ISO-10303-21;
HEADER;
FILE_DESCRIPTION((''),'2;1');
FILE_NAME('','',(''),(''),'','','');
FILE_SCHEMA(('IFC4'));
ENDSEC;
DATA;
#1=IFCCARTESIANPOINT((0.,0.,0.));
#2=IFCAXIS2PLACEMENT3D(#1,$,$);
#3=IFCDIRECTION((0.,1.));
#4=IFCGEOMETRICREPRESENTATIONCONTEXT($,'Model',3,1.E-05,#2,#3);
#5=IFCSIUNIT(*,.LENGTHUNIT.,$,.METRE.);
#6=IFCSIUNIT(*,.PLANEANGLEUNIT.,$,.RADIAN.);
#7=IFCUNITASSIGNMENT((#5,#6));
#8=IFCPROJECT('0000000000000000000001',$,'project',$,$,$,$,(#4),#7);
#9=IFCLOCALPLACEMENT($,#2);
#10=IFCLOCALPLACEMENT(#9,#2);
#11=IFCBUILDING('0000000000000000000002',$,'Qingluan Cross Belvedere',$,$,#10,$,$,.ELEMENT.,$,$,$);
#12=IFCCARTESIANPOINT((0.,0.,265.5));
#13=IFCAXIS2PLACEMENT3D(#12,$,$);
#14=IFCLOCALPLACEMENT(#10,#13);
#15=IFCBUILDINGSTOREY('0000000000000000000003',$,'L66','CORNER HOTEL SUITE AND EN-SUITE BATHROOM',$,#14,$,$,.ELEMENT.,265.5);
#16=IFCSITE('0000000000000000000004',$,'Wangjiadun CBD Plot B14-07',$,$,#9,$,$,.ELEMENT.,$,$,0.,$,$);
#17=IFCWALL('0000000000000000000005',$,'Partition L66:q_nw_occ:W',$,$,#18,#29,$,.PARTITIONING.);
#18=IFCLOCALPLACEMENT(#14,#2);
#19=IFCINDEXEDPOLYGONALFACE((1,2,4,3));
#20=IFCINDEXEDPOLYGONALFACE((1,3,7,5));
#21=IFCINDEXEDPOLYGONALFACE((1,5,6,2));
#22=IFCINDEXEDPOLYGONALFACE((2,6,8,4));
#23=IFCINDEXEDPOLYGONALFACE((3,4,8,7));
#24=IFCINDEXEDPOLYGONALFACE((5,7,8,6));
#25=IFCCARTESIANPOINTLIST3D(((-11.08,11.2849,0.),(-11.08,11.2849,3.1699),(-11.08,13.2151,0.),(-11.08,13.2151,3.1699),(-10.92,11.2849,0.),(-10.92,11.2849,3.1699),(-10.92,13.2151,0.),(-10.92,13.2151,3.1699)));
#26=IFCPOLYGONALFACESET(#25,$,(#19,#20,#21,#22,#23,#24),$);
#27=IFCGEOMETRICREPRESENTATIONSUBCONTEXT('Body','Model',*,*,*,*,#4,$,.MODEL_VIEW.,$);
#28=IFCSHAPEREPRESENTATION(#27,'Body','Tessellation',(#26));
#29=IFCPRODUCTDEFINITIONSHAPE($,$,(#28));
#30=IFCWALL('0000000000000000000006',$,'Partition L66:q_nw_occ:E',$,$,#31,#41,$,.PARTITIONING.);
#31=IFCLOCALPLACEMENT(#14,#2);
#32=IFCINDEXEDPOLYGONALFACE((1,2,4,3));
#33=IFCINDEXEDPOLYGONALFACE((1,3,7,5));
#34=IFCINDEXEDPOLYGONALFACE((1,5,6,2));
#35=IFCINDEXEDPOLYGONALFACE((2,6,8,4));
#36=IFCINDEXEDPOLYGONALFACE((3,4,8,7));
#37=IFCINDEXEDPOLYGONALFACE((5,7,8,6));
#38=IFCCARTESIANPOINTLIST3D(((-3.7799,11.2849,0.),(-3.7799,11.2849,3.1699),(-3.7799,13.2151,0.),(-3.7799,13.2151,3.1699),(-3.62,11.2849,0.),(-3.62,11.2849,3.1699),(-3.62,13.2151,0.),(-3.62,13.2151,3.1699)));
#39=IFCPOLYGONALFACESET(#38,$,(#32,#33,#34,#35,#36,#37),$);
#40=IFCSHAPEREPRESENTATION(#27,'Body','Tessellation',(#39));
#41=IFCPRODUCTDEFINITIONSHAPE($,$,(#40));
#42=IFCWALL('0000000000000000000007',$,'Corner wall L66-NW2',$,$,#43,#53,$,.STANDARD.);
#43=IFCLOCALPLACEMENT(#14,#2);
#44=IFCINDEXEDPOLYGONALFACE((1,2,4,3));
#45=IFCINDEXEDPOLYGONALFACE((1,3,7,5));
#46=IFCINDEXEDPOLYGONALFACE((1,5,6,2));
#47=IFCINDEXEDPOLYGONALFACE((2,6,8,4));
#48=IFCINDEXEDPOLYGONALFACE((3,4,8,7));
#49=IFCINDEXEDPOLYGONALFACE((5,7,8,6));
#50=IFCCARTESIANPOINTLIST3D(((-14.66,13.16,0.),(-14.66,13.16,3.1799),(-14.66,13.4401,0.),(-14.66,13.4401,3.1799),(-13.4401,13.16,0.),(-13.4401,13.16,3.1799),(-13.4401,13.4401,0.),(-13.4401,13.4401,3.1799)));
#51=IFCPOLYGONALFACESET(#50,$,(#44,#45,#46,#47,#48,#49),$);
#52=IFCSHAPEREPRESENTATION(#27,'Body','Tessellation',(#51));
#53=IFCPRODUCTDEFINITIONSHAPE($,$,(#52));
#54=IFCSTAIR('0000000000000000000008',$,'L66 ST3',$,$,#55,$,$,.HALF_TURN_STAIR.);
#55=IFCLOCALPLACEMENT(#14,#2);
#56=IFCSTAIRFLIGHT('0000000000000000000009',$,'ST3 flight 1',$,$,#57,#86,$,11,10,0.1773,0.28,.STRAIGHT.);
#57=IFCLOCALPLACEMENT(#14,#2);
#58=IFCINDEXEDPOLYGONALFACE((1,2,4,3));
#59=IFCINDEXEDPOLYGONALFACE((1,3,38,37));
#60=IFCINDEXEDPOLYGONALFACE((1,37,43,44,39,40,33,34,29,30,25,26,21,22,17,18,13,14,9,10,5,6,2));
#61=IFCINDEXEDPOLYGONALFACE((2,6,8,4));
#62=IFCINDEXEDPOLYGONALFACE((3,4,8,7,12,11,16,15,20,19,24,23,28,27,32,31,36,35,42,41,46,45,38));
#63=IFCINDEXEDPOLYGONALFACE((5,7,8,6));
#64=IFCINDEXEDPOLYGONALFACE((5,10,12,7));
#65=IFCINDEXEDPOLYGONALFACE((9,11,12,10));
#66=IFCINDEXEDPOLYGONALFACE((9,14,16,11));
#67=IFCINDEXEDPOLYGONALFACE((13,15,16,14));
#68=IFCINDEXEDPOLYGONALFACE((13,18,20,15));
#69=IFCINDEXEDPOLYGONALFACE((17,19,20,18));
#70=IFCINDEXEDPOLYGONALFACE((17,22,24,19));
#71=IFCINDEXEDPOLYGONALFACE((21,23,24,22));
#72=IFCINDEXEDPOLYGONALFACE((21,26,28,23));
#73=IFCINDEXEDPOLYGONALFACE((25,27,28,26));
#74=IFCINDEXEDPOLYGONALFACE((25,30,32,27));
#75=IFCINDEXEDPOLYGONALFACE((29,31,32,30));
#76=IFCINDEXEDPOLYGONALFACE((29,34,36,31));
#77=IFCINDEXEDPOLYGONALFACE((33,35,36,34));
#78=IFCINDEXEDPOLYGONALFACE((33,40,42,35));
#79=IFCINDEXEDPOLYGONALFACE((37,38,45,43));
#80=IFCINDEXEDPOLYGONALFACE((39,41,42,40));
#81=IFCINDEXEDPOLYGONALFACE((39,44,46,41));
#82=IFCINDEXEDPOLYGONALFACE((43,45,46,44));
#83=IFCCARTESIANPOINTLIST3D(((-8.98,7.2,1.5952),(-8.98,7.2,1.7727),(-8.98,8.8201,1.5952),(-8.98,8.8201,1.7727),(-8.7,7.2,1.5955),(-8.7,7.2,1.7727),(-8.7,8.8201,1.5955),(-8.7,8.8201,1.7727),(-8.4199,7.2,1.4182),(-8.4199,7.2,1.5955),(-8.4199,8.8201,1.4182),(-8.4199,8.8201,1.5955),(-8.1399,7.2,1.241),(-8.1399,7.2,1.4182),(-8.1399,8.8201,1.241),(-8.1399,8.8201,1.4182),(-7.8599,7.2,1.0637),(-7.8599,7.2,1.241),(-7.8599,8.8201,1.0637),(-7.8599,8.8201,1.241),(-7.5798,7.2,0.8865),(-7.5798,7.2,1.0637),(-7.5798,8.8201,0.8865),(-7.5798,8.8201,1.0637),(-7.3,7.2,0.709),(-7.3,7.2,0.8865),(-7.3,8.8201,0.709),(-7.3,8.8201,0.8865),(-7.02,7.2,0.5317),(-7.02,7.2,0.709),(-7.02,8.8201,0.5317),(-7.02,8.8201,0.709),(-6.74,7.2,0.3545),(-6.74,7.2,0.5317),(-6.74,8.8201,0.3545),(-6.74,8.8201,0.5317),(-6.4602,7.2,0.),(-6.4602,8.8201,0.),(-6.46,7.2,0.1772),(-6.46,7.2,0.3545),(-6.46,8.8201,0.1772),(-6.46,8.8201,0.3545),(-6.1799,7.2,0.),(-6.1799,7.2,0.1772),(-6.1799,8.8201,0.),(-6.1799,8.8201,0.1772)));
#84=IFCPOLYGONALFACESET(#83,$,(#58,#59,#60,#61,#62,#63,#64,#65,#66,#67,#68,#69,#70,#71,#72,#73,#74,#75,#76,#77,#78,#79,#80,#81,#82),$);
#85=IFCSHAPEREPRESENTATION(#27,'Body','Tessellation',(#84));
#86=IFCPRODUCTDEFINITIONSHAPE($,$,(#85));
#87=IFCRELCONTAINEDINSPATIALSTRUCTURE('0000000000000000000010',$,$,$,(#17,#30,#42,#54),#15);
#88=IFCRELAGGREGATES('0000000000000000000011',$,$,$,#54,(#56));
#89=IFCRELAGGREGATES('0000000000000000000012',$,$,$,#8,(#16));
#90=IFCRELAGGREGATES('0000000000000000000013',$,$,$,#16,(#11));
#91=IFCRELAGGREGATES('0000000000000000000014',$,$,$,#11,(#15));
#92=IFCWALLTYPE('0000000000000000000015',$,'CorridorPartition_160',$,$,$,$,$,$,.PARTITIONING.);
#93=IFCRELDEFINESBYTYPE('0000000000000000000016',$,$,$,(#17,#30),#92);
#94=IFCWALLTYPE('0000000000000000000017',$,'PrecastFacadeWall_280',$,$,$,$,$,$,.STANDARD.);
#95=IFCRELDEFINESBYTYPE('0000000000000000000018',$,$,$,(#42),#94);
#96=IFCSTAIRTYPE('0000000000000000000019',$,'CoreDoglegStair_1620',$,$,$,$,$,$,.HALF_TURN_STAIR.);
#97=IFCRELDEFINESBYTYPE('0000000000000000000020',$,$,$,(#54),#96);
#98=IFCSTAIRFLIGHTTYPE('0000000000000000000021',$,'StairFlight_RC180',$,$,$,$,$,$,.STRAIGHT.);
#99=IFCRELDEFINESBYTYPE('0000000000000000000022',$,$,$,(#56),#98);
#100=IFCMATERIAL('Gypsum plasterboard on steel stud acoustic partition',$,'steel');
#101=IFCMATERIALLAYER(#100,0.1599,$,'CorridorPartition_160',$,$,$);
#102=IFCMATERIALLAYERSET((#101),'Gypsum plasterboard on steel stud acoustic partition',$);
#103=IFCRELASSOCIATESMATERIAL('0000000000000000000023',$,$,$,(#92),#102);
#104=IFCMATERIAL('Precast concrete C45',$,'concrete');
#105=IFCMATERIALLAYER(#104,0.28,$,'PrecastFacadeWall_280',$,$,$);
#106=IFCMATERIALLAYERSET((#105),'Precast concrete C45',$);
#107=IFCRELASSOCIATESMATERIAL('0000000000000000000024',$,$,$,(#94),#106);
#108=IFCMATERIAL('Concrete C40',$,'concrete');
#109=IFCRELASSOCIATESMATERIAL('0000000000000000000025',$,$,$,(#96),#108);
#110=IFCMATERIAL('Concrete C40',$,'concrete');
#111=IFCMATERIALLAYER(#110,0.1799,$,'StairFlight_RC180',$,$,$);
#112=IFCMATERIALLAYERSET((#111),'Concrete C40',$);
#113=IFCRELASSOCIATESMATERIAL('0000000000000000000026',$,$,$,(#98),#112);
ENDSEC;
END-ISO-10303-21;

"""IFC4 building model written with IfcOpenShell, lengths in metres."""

from ifc_helpers import new_model, si_unit, direction, frame, frame_2d, origin, place, context, subcontext, project, spatial, polyline, rectangle, outline, extrude, material, layer, layer_set, type_object, element, aggregate, save


model = new_model("IFC4")

# Units and contexts
model_context = context("Model", 3, precision=1e-05, world=origin(), true_north=direction((0.0, 1.0)))
body_context = subcontext(model_context, "Body", "Model", "MODEL_VIEW")
ifc_project = project(units=[si_unit("LENGTHUNIT", "METRE"), si_unit("PLANEANGLEUNIT", "RADIAN")], contexts=[model_context])

# Site, building, storey
site_placement = place(None, origin())
site = spatial("IfcSite", under=ifc_project, at=site_placement, Name="Wangjiadun CBD Plot B14-07", CompositionType="ELEMENT", RefElevation=0.0)
building_placement = place(site_placement, origin())
building = spatial("IfcBuilding", under=site, at=building_placement, Name="Qingluan Cross Belvedere", CompositionType="ELEMENT")
storey_placement = place(building_placement, frame((0.0, 0.0, 265.5)))
storey = spatial("IfcBuildingStorey", under=building, at=storey_placement, Name="L66", Description="CORNER HOTEL SUITE AND EN-SUITE BATHROOM", CompositionType="ELEMENT", Elevation=265.5)

# Shared definitions
ifc_material_1 = material(Name="Gypsum plasterboard on steel stud acoustic partition", Category="steel")
ifc_layer_1 = layer(ifc_material_1, 0.1599, Name="CorridorPartition_160")
ifc_layer_set_1 = layer_set([ifc_layer_1], Name="Gypsum plasterboard on steel stud acoustic partition")
wall_type_1 = type_object("IfcWallType", Name="CorridorPartition_160", PredefinedType="PARTITIONING", material=ifc_layer_set_1)

# Walls
for number, where, z_axis, x_axis, name in (
    (1, (-11.0, 11.2849, 0.0), (0.0, 0.0, 1.0), (0.0, 1.0, 0.0), "Partition L66:q_nw_occ:W"),
    (2, (-3.7, 11.2849, 0.0), (0.0, 0.0, 1.0), (0.0, 1.0, 0.0), "Partition L66:q_nw_occ:E"),
):
    element("IfcWall", number, at=place(storey_placement, frame(where, z_axis=z_axis, x_axis=x_axis)), inside=storey, type_object=wall_type_1, Name=name, PredefinedType="PARTITIONING", context=body_context, shape_type="SweptSolid", body=[
        extrude(rectangle(XDim=1.9302, YDim=0.1599, at=frame_2d((0.9651, 0.0))), origin(), (0.0, 0.0, 1.0), 3.1699),
    ])
ifc_material_2 = material(Name="Precast concrete C45", Category="concrete")
ifc_layer_2 = layer(ifc_material_2, 0.28, Name="PrecastFacadeWall_280")
ifc_layer_set_2 = layer_set([ifc_layer_2], Name="Precast concrete C45")
wall_type_2 = type_object("IfcWallType", Name="PrecastFacadeWall_280", PredefinedType="STANDARD", material=ifc_layer_set_2)
wall_1_placement = place(storey_placement, frame((-14.6599, 13.3, 0.0), z_axis=(0.0, 0.0, 1.0), x_axis=(1.0, 0.0, 0.0)))
element("IfcWall", 3, at=wall_1_placement, inside=storey, type_object=wall_type_2, Name="Corner wall L66-NW2", PredefinedType="STANDARD", context=body_context, shape_type="SweptSolid", body=[
    extrude(rectangle(XDim=1.22, YDim=0.28, at=frame_2d((0.6099, 0.0))), origin(), (0.0, 0.0, 1.0), 3.1799),
])

# Stair, stair flight
ifc_material_3 = material(Name="Concrete C40", Category="concrete")
stair_type = type_object("IfcStairType", Name="CoreDoglegStair_1620", PredefinedType="HALF_TURN_STAIR", material=ifc_material_3)
stair_placement = place(storey_placement, origin())
stair = element("IfcStair", 4, at=stair_placement, inside=storey, type_object=stair_type, Name="L66 ST3", PredefinedType="HALF_TURN_STAIR")
ifc_material_4 = material(Name="Concrete C40", Category="concrete")
ifc_layer_3 = layer(ifc_material_4, 0.1799, Name="StairFlight_RC180")
ifc_layer_set_3 = layer_set([ifc_layer_3], Name="Concrete C40")
stair_flight_type = type_object("IfcStairFlightType", Name="StairFlight_RC180", PredefinedType="STRAIGHT", material=ifc_layer_set_3)
stair_flight_placement = place(storey_placement, frame((-6.1799, 8.01, 0.0), z_axis=(0.0, 0.0, 1.0), x_axis=(-1.0, 0.0, 0.0)))
stair_flight = element("IfcStairFlight", 5, at=stair_flight_placement, type_object=stair_flight_type, Name="ST3 flight 1", NumberOfRisers=11, NumberOfTreads=10, PredefinedType="STRAIGHT", RiserHeight=0.1773, TreadLength=0.28, context=body_context, shape_type="SweptSolid", body=[
    extrude(outline(polyline([(0.0, 0.0), (0.0, 0.1772), (0.28, 0.1772), (0.28, 0.3545), (0.5601, 0.3545), (0.5601, 0.5317), (0.8401, 0.5317), (0.8401, 0.709), (1.1201, 0.709), (1.1201, 0.8865), (1.3999, 0.8865), (1.3999, 1.0637), (1.6799, 1.0637), (1.6799, 1.241), (1.96, 1.241), (1.96, 1.4182), (2.24, 1.4182), (2.24, 1.5955), (2.52, 1.5955), (2.52, 1.7727), (2.8, 1.7727), (2.8, 1.95), (2.8, 1.5952), (0.2803, 0.0), (0.0, 0.0)])), frame((0.0, 0.8101, 0.0), z_axis=(0.0, -1.0, 0.0), x_axis=(1.0, 0.0, 0.0)), (0.0, 0.0, 1.0), 1.6201),
])
aggregate(stair, [stair_flight])

save(model, "model.ifc")
